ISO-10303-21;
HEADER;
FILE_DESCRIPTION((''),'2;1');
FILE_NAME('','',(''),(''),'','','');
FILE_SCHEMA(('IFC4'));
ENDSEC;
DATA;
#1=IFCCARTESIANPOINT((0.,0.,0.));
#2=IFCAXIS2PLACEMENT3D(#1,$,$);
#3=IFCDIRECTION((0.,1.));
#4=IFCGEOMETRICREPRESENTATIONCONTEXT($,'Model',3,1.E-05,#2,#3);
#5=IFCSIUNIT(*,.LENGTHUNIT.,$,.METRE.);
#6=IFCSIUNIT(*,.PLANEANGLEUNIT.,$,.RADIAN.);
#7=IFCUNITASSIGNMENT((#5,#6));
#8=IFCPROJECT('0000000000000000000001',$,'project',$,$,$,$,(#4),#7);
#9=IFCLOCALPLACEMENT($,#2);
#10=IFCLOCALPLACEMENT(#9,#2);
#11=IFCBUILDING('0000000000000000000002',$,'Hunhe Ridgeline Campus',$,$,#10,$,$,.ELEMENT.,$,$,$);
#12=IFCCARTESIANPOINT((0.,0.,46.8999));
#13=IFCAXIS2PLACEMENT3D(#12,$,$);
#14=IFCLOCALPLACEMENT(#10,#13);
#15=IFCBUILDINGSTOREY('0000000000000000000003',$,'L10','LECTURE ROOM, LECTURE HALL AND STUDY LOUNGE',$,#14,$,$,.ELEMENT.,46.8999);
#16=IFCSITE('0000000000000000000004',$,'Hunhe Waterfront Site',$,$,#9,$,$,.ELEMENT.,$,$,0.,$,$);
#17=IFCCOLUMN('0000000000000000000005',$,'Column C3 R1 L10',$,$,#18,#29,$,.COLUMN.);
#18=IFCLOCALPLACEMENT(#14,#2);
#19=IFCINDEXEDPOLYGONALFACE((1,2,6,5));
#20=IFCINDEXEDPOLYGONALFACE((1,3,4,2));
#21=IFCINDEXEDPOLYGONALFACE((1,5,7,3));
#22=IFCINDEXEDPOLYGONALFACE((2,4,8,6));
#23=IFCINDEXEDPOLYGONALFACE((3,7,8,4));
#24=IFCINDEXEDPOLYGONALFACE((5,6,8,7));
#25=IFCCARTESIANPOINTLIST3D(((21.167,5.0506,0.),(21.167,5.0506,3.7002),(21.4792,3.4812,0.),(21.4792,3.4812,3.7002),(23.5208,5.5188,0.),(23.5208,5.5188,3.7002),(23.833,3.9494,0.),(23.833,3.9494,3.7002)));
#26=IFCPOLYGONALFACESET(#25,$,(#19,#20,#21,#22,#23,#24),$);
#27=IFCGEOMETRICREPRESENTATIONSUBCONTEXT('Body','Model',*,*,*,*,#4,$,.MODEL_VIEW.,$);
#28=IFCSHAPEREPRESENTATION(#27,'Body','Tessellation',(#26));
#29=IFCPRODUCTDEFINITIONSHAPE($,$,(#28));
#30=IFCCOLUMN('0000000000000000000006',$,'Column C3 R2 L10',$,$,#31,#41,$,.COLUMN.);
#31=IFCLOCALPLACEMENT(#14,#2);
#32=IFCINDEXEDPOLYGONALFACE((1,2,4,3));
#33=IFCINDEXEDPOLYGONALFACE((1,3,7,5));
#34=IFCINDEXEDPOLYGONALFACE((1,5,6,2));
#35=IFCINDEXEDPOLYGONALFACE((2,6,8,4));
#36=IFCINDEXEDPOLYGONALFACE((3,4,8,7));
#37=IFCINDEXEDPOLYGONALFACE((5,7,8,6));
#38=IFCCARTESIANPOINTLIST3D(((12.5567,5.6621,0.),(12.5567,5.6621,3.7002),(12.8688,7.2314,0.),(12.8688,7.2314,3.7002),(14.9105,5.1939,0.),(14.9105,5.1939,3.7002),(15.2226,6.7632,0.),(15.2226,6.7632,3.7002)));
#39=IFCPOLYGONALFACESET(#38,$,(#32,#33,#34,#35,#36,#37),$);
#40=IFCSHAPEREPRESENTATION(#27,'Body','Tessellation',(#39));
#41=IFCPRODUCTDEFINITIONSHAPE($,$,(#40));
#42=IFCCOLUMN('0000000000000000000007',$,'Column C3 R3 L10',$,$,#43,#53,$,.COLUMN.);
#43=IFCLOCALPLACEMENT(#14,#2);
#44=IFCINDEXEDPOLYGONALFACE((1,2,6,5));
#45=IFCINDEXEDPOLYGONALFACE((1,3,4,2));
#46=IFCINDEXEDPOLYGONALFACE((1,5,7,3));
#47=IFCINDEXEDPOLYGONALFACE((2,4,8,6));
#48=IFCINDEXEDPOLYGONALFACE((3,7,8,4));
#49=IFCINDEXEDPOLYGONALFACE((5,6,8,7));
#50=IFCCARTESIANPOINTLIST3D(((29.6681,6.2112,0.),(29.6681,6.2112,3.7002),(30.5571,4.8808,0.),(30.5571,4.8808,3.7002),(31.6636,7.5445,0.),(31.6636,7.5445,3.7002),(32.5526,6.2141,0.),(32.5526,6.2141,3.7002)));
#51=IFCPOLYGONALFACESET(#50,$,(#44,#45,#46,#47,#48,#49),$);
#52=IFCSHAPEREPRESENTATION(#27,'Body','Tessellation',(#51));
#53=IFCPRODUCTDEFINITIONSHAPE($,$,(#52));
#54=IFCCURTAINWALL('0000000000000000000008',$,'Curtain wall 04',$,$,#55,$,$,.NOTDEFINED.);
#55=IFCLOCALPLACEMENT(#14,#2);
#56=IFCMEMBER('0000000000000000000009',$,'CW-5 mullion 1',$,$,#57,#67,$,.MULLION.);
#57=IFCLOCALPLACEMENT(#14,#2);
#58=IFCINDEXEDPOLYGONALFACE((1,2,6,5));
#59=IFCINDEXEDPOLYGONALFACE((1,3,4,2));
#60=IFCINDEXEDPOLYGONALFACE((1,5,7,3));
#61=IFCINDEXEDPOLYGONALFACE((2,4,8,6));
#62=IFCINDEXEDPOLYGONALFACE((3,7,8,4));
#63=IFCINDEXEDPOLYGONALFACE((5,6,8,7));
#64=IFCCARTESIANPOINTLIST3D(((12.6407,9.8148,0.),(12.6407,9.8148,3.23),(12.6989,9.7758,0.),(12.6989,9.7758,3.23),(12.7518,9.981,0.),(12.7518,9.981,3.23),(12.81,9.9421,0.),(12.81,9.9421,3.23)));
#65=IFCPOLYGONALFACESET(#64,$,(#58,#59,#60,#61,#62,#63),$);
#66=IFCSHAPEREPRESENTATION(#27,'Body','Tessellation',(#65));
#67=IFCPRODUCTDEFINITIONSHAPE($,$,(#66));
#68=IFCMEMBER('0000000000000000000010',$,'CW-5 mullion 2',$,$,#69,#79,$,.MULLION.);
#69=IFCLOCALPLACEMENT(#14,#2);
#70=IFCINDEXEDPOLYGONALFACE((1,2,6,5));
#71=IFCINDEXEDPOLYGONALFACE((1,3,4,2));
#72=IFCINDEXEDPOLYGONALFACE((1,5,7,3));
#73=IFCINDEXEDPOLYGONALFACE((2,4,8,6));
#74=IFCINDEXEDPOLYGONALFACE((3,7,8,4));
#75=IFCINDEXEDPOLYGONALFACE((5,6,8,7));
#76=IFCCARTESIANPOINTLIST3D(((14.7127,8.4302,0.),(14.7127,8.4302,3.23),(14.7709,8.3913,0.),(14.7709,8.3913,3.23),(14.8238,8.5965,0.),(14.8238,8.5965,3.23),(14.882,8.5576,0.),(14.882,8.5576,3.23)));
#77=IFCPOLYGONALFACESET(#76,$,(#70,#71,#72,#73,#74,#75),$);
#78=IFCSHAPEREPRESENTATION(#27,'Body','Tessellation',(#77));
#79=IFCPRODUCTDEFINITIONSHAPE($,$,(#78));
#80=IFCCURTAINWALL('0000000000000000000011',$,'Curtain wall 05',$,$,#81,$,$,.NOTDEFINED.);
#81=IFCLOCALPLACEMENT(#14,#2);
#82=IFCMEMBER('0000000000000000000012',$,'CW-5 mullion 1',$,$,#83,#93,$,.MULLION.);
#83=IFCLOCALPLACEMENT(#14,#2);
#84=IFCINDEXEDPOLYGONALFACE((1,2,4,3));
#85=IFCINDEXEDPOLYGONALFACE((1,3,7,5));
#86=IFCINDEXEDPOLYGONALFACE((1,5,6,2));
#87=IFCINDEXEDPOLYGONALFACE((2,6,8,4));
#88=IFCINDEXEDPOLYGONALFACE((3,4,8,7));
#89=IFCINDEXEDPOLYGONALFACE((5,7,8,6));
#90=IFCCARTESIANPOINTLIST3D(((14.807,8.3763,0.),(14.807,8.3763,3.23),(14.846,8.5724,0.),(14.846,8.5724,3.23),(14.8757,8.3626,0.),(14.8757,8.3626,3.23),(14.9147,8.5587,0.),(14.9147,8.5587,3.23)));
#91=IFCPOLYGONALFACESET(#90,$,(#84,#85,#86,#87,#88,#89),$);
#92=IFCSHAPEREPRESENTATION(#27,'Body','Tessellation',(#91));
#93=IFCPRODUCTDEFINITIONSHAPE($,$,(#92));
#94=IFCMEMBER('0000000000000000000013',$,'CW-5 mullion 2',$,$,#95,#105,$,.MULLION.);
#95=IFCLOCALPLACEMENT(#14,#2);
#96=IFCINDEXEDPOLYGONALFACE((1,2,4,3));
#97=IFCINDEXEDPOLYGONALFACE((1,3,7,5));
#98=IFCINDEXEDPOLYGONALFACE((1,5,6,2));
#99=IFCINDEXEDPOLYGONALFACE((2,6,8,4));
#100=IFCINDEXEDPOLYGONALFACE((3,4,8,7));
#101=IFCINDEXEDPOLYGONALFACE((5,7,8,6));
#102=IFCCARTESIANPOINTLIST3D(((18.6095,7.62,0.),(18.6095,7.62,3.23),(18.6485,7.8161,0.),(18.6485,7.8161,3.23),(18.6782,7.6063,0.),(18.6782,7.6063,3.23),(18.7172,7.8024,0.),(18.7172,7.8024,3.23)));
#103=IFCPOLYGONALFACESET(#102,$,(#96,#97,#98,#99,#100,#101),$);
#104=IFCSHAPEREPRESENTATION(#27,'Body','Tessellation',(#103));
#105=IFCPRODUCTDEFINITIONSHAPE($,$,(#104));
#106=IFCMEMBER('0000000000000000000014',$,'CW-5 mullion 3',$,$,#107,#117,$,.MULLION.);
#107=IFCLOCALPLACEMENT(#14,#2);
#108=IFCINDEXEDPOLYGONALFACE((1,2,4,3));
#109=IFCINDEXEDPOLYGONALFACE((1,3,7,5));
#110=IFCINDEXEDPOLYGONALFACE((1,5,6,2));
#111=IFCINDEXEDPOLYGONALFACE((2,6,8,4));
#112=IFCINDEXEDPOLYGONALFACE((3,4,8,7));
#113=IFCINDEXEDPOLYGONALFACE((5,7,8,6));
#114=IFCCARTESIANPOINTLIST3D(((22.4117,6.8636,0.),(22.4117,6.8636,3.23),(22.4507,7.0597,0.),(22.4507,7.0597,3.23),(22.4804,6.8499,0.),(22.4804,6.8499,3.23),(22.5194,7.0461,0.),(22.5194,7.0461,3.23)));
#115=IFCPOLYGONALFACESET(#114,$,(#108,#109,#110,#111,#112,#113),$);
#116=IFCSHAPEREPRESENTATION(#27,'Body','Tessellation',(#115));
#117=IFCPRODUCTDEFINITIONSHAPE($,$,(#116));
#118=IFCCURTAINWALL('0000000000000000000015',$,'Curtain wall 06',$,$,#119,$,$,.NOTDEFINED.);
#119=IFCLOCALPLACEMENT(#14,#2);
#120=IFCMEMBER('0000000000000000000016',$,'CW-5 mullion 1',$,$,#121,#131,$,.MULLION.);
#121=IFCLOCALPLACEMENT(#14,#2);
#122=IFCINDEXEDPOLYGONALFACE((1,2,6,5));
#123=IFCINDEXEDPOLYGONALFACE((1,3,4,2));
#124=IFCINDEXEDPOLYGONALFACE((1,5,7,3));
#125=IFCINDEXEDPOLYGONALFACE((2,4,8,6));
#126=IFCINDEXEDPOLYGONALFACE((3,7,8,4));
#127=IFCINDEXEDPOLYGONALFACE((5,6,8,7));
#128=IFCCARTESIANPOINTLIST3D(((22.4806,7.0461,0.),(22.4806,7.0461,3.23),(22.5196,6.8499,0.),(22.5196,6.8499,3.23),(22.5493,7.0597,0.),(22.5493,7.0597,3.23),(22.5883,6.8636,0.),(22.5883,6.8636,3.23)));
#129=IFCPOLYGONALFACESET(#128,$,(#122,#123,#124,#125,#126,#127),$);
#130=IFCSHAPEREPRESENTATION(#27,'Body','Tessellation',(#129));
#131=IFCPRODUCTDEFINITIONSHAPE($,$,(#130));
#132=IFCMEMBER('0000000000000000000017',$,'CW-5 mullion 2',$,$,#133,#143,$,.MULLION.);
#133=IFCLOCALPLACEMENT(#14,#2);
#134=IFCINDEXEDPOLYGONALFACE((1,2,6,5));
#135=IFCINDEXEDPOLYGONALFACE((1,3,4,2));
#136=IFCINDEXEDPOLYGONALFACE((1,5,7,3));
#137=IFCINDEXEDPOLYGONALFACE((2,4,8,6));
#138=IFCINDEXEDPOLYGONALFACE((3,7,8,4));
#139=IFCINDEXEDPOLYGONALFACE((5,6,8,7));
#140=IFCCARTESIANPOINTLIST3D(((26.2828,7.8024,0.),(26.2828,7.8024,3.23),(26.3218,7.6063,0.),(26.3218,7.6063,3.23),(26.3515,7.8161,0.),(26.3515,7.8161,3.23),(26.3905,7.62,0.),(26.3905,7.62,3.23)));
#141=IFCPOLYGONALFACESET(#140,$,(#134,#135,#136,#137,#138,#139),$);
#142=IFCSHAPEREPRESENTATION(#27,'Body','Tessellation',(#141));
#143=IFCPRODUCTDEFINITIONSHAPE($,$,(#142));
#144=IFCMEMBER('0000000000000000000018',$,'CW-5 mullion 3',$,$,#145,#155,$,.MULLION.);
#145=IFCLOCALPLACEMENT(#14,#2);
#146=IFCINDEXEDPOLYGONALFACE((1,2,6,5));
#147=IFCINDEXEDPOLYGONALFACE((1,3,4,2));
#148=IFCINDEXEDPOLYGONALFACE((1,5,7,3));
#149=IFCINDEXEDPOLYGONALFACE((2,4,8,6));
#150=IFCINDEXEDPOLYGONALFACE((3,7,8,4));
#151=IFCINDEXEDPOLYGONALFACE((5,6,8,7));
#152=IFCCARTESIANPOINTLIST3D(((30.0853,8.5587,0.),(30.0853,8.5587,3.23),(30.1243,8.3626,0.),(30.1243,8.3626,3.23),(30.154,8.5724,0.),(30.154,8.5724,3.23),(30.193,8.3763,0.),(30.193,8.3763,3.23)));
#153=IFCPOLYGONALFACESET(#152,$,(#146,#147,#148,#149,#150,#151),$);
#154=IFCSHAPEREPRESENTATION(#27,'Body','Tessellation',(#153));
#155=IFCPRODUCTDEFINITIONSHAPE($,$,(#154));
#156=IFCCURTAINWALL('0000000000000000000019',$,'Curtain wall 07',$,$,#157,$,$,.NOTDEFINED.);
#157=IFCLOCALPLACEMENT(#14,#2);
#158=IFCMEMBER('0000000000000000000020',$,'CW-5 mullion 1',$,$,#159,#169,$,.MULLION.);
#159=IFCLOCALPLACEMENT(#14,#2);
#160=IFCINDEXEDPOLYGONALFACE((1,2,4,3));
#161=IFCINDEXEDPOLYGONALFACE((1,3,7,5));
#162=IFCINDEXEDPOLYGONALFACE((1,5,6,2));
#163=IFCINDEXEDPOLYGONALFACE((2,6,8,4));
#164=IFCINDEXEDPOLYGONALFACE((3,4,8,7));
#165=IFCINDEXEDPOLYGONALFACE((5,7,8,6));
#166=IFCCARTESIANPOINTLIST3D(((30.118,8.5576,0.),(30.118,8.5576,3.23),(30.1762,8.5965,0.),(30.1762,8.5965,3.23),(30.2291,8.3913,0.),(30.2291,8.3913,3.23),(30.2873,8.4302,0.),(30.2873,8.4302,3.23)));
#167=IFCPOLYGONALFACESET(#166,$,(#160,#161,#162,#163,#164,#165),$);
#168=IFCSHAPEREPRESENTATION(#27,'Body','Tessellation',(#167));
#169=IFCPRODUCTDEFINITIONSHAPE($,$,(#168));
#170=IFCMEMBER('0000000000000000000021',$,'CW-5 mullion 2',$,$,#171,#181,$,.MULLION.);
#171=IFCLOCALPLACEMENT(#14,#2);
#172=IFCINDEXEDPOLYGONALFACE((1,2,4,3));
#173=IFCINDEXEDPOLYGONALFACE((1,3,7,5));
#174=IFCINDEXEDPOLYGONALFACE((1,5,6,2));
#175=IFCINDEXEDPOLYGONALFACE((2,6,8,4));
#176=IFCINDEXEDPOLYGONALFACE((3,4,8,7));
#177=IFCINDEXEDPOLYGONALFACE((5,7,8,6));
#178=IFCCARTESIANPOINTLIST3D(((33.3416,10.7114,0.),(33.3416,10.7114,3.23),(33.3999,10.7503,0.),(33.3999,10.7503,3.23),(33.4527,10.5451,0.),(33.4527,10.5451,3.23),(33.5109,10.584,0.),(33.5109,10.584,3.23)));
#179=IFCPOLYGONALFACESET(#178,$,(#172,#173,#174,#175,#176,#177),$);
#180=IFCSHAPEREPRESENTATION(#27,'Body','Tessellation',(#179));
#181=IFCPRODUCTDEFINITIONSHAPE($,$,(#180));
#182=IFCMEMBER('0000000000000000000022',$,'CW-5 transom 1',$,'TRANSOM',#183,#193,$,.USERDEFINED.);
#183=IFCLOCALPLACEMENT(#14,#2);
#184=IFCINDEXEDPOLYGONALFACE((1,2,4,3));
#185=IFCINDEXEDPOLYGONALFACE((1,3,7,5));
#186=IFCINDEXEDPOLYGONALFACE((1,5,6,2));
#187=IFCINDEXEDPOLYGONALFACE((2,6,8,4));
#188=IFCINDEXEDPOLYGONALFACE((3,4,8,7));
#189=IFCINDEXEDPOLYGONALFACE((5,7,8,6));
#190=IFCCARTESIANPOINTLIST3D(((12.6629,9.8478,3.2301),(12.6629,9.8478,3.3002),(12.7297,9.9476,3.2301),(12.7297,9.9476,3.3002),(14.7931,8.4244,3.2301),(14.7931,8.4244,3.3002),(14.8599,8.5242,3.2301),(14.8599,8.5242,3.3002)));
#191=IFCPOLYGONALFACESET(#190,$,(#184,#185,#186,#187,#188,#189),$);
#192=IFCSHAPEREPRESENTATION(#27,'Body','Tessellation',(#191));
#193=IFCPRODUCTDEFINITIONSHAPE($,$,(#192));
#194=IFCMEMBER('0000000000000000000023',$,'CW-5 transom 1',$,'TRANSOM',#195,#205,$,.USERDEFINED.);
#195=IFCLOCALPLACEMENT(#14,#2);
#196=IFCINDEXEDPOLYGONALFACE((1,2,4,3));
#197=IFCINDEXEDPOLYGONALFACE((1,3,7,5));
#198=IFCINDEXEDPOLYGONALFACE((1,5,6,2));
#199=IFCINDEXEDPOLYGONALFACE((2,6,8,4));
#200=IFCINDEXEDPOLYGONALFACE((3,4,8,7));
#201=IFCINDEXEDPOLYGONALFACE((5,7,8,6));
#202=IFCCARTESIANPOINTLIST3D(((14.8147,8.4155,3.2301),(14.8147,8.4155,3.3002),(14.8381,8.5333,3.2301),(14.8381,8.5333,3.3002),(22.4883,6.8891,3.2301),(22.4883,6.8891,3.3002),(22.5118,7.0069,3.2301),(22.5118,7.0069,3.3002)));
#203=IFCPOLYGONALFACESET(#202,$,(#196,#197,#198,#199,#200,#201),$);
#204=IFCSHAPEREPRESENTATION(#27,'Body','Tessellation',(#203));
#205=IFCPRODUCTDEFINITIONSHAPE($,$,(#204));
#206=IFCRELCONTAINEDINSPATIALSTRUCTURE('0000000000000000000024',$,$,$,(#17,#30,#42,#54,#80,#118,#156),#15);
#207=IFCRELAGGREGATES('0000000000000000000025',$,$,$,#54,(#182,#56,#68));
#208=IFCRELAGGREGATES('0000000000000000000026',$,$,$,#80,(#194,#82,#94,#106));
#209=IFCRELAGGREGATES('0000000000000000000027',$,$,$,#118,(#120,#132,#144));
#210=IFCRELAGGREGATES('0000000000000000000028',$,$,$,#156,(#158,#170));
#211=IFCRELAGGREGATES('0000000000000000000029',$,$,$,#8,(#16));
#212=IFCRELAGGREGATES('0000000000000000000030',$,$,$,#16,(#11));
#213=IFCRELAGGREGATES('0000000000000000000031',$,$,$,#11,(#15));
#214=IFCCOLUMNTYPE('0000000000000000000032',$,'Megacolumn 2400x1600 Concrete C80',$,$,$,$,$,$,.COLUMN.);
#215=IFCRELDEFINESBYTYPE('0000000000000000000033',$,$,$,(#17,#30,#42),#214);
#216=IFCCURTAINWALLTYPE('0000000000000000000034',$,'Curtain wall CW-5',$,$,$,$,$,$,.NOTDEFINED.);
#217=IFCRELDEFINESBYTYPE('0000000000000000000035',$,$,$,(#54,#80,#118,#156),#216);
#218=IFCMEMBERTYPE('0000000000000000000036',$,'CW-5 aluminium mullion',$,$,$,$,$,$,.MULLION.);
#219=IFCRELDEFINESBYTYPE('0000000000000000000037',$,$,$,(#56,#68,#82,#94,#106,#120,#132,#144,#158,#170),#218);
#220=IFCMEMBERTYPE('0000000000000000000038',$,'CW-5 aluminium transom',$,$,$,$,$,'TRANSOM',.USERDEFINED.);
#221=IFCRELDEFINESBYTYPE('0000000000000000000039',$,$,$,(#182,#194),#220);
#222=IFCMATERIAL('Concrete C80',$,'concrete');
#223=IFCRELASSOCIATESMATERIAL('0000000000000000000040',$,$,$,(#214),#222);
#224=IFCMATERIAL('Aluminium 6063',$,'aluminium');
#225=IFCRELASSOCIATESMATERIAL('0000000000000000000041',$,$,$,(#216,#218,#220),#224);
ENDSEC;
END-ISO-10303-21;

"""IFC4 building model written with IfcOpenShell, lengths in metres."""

from ifc_helpers import new_model, si_unit, direction, frame, origin, origin_2d, place, context, subcontext, project, spatial, rectangle, extrude, material, material_profile, profile_set, type_object, element, aggregate, save


model = new_model("IFC4")

# Units and contexts
model_context = context("Model", 3, precision=1e-05, world=origin(), true_north=direction((0.0, 1.0)))
body_context = subcontext(model_context, "Body", "Model", "MODEL_VIEW")
ifc_project = project(units=[si_unit("LENGTHUNIT", "METRE"), si_unit("PLANEANGLEUNIT", "RADIAN")], contexts=[model_context])

# Site, building, storey
site_placement = place(None, origin())
site = spatial("IfcSite", under=ifc_project, at=site_placement, Name="Hunhe Waterfront Site", CompositionType="ELEMENT", RefElevation=0.0)
building_placement = place(site_placement, origin())
building = spatial("IfcBuilding", under=site, at=building_placement, Name="Hunhe Ridgeline Campus", CompositionType="ELEMENT")
storey_placement = place(building_placement, frame((0.0, 0.0, 46.8999)))
storey = spatial("IfcBuildingStorey", under=building, at=storey_placement, Name="L10", Description="LECTURE ROOM, LECTURE HALL AND STUDY LOUNGE", CompositionType="ELEMENT", Elevation=46.8999)

# Columns
ifc_material_1 = material(Name="Concrete C80", Category="concrete")
ifc_material_profile_1 = material_profile(ifc_material_1, rectangle(XDim=2.3999, YDim=1.6001, at=origin_2d()))
ifc_profile_set_1 = profile_set([ifc_material_profile_1], Name="Concrete C80")
column_type = type_object("IfcColumnType", Name="Megacolumn 2400x1600 Concrete C80", PredefinedType="COLUMN", material=ifc_profile_set_1)
for number, where, z_axis, x_axis, name in (
    (1, (22.5, 4.5, 0.0), (0.0, 0.0, 1.0), (0.980785, 0.19509, 0.0), "Column C3 R1 L10"),
    (2, (13.8896, 6.2126, 0.0), (0.0, 0.0, 1.0), (-0.980785, 0.19509, 0.0), "Column C3 R2 L10"),
    (3, (31.1104, 6.2126, 0.0), (0.0, 0.0, 1.0), (0.83147, 0.55557, 0.0), "Column C3 R3 L10"),
):
    element("IfcColumn", number, at=place(storey_placement, frame(where, z_axis=z_axis, x_axis=x_axis)), inside=storey, type_object=column_type, Name=name, PredefinedType="COLUMN", context=body_context, shape_type="SweptSolid", body=[
        extrude(rectangle(XDim=2.3999, YDim=1.6001, at=origin_2d()), origin(), (0.0, 0.0, 1.0), 3.7002),
    ])

# Curtain walls, members
ifc_material_2 = material(Name="Aluminium 6063", Category="aluminium")
curtain_wall_type = type_object("IfcCurtainWallType", Name="Curtain wall CW-5", PredefinedType="NOTDEFINED", material=ifc_material_2)
curtain_wall_1_placement = place(storey_placement, origin())
curtain_wall_1 = element("IfcCurtainWall", 4, at=curtain_wall_1_placement, inside=storey, type_object=curtain_wall_type, Name="Curtain wall 04", PredefinedType="NOTDEFINED")
ifc_material_profile_2 = material_profile(ifc_material_2, rectangle(XDim=0.2, YDim=0.0701, at=origin_2d()))
ifc_profile_set_2 = profile_set([ifc_material_profile_2], Name="Aluminium 6063")
member_type_1 = type_object("IfcMemberType", Name="CW-5 aluminium mullion", PredefinedType="MULLION", material=ifc_profile_set_2)
member_1_placement = place(storey_placement, frame((12.7253, 9.8784, 0.0), z_axis=(0.0, 0.0, 1.0), x_axis=(0.55557, 0.83147, 0.0)))
member_1 = element("IfcMember", 5, at=member_1_placement, type_object=member_type_1, Name="CW-5 mullion 1", PredefinedType="MULLION", context=body_context, shape_type="SweptSolid", body=[
    extrude(rectangle(XDim=0.2, YDim=0.0701, at=origin_2d()), origin(), (0.0, 0.0, 1.0), 3.23),
])
member_2_placement = place(storey_placement, frame((14.7974, 8.4939, 0.0), z_axis=(0.0, 0.0, 1.0), x_axis=(0.55557, 0.83147, 0.0)))
member_2 = element("IfcMember", 6, at=member_2_placement, type_object=member_type_1, Name="CW-5 mullion 2", PredefinedType="MULLION", context=body_context, shape_type="SweptSolid", body=[
    extrude(rectangle(XDim=0.2, YDim=0.0701, at=origin_2d()), origin(), (0.0, 0.0, 1.0), 3.23),
])
curtain_wall_2_placement = place(storey_placement, origin())
curtain_wall_2 = element("IfcCurtainWall", 7, at=curtain_wall_2_placement, inside=storey, type_object=curtain_wall_type, Name="Curtain wall 05", PredefinedType="NOTDEFINED")
member_3_placement = place(storey_placement, frame((14.8608, 8.4675, 0.0), z_axis=(0.0, 0.0, 1.0), x_axis=(0.19509, 0.980785, 0.0)))
member_3 = element("IfcMember", 8, at=member_3_placement, type_object=member_type_1, Name="CW-5 mullion 1", PredefinedType="MULLION", context=body_context, shape_type="SweptSolid", body=[
    extrude(rectangle(XDim=0.2, YDim=0.0701, at=origin_2d()), origin(), (0.0, 0.0, 1.0), 3.23),
])
member_4_placement = place(storey_placement, frame((18.6633, 7.7112, 0.0), z_axis=(0.0, 0.0, 1.0), x_axis=(0.19509, 0.980785, 0.0)))
member_4 = element("IfcMember", 9, at=member_4_placement, type_object=member_type_1, Name="CW-5 mullion 2", PredefinedType="MULLION", context=body_context, shape_type="SweptSolid", body=[
    extrude(rectangle(XDim=0.2, YDim=0.0701, at=origin_2d()), origin(), (0.0, 0.0, 1.0), 3.23),
])
member_5_placement = place(storey_placement, frame((22.4656, 6.9548, 0.0), z_axis=(0.0, 0.0, 1.0), x_axis=(0.19509, 0.980785, 0.0)))
member_5 = element("IfcMember", 10, at=member_5_placement, type_object=member_type_1, Name="CW-5 mullion 3", PredefinedType="MULLION", context=body_context, shape_type="SweptSolid", body=[
    extrude(rectangle(XDim=0.2, YDim=0.0701, at=origin_2d()), origin(), (0.0, 0.0, 1.0), 3.23),
])
curtain_wall_3_placement = place(storey_placement, origin())
curtain_wall_3 = element("IfcCurtainWall", 11, at=curtain_wall_3_placement, inside=storey, type_object=curtain_wall_type, Name="Curtain wall 06", PredefinedType="NOTDEFINED")
member_6_placement = place(storey_placement, frame((22.5344, 6.9548, 0.0), z_axis=(0.0, 0.0, 1.0), x_axis=(-0.19509, 0.980785, 0.0)))
member_6 = element("IfcMember", 12, at=member_6_placement, type_object=member_type_1, Name="CW-5 mullion 1", PredefinedType="MULLION", context=body_context, shape_type="SweptSolid", body=[
    extrude(rectangle(XDim=0.2, YDim=0.0701, at=origin_2d()), origin(), (0.0, 0.0, 1.0), 3.23),
])
member_7_placement = place(storey_placement, frame((26.3367, 7.7112, 0.0), z_axis=(0.0, 0.0, 1.0), x_axis=(-0.19509, 0.980785, 0.0)))
member_7 = element("IfcMember", 13, at=member_7_placement, type_object=member_type_1, Name="CW-5 mullion 2", PredefinedType="MULLION", context=body_context, shape_type="SweptSolid", body=[
    extrude(rectangle(XDim=0.2, YDim=0.0701, at=origin_2d()), origin(), (0.0, 0.0, 1.0), 3.23),
])
member_8_placement = place(storey_placement, frame((30.1392, 8.4675, 0.0), z_axis=(0.0, 0.0, 1.0), x_axis=(-0.19509, 0.980785, 0.0)))
member_8 = element("IfcMember", 14, at=member_8_placement, type_object=member_type_1, Name="CW-5 mullion 3", PredefinedType="MULLION", context=body_context, shape_type="SweptSolid", body=[
    extrude(rectangle(XDim=0.2, YDim=0.0701, at=origin_2d()), origin(), (0.0, 0.0, 1.0), 3.23),
])
curtain_wall_4_placement = place(storey_placement, origin())
curtain_wall_4 = element("IfcCurtainWall", 15, at=curtain_wall_4_placement, inside=storey, type_object=curtain_wall_type, Name="Curtain wall 07", PredefinedType="NOTDEFINED")
member_9_placement = place(storey_placement, frame((30.2026, 8.4939, 0.0), z_axis=(0.0, 0.0, 1.0), x_axis=(-0.55557, 0.83147, 0.0)))
member_9 = element("IfcMember", 16, at=member_9_placement, type_object=member_type_1, Name="CW-5 mullion 1", PredefinedType="MULLION", context=body_context, shape_type="SweptSolid", body=[
    extrude(rectangle(XDim=0.2, YDim=0.0701, at=origin_2d()), origin(), (0.0, 0.0, 1.0), 3.23),
])
member_10_placement = place(storey_placement, frame((33.4263, 10.6477, 0.0), z_axis=(0.0, 0.0, 1.0), x_axis=(-0.55557, 0.83147, 0.0)))
member_10 = element("IfcMember", 17, at=member_10_placement, type_object=member_type_1, Name="CW-5 mullion 2", PredefinedType="MULLION", context=body_context, shape_type="SweptSolid", body=[
    extrude(rectangle(XDim=0.2, YDim=0.0701, at=origin_2d()), origin(), (0.0, 0.0, 1.0), 3.23),
])

# Members
ifc_material_profile_3 = material_profile(ifc_material_2, rectangle(XDim=0.1201, YDim=0.0701, at=origin_2d()))
ifc_profile_set_3 = profile_set([ifc_material_profile_3], Name="Aluminium 6063")
member_type_2 = type_object("IfcMemberType", Name="CW-5 aluminium transom", ElementType="TRANSOM", PredefinedType="USERDEFINED", material=ifc_profile_set_3)
member_11_placement = place(storey_placement, frame((12.6963, 9.8977, 3.2651), z_axis=(0.831463, -0.55558, 0.0), x_axis=(0.55558, 0.831463, 0.0)))
member_11 = element("IfcMember", 18, at=member_11_placement, type_object=member_type_2, Name="CW-5 transom 1", ObjectType="TRANSOM", PredefinedType="USERDEFINED", context=body_context, shape_type="SweptSolid", body=[
    extrude(rectangle(XDim=0.1201, YDim=0.0701, at=origin_2d()), origin(), (0.0, 0.0, 1.0), 2.562),
])
member_12_placement = place(storey_placement, frame((14.8264, 8.4744, 3.2651), z_axis=(0.980785, -0.19509, 0.0), x_axis=(0.19509, 0.980785, 0.0)))
member_12 = element("IfcMember", 19, at=member_12_placement, type_object=member_type_2, Name="CW-5 transom 1", ObjectType="TRANSOM", PredefinedType="USERDEFINED", context=body_context, shape_type="SweptSolid", body=[
    extrude(rectangle(XDim=0.1201, YDim=0.0701, at=origin_2d()), origin(), (0.0, 0.0, 1.0), 7.824),
])

aggregate(curtain_wall_1, [member_11, member_1, member_2])
aggregate(curtain_wall_2, [member_12, member_3, member_4, member_5])
aggregate(curtain_wall_3, [member_6, member_7, member_8])
aggregate(curtain_wall_4, [member_9, member_10])

save(model, "model.ifc")
